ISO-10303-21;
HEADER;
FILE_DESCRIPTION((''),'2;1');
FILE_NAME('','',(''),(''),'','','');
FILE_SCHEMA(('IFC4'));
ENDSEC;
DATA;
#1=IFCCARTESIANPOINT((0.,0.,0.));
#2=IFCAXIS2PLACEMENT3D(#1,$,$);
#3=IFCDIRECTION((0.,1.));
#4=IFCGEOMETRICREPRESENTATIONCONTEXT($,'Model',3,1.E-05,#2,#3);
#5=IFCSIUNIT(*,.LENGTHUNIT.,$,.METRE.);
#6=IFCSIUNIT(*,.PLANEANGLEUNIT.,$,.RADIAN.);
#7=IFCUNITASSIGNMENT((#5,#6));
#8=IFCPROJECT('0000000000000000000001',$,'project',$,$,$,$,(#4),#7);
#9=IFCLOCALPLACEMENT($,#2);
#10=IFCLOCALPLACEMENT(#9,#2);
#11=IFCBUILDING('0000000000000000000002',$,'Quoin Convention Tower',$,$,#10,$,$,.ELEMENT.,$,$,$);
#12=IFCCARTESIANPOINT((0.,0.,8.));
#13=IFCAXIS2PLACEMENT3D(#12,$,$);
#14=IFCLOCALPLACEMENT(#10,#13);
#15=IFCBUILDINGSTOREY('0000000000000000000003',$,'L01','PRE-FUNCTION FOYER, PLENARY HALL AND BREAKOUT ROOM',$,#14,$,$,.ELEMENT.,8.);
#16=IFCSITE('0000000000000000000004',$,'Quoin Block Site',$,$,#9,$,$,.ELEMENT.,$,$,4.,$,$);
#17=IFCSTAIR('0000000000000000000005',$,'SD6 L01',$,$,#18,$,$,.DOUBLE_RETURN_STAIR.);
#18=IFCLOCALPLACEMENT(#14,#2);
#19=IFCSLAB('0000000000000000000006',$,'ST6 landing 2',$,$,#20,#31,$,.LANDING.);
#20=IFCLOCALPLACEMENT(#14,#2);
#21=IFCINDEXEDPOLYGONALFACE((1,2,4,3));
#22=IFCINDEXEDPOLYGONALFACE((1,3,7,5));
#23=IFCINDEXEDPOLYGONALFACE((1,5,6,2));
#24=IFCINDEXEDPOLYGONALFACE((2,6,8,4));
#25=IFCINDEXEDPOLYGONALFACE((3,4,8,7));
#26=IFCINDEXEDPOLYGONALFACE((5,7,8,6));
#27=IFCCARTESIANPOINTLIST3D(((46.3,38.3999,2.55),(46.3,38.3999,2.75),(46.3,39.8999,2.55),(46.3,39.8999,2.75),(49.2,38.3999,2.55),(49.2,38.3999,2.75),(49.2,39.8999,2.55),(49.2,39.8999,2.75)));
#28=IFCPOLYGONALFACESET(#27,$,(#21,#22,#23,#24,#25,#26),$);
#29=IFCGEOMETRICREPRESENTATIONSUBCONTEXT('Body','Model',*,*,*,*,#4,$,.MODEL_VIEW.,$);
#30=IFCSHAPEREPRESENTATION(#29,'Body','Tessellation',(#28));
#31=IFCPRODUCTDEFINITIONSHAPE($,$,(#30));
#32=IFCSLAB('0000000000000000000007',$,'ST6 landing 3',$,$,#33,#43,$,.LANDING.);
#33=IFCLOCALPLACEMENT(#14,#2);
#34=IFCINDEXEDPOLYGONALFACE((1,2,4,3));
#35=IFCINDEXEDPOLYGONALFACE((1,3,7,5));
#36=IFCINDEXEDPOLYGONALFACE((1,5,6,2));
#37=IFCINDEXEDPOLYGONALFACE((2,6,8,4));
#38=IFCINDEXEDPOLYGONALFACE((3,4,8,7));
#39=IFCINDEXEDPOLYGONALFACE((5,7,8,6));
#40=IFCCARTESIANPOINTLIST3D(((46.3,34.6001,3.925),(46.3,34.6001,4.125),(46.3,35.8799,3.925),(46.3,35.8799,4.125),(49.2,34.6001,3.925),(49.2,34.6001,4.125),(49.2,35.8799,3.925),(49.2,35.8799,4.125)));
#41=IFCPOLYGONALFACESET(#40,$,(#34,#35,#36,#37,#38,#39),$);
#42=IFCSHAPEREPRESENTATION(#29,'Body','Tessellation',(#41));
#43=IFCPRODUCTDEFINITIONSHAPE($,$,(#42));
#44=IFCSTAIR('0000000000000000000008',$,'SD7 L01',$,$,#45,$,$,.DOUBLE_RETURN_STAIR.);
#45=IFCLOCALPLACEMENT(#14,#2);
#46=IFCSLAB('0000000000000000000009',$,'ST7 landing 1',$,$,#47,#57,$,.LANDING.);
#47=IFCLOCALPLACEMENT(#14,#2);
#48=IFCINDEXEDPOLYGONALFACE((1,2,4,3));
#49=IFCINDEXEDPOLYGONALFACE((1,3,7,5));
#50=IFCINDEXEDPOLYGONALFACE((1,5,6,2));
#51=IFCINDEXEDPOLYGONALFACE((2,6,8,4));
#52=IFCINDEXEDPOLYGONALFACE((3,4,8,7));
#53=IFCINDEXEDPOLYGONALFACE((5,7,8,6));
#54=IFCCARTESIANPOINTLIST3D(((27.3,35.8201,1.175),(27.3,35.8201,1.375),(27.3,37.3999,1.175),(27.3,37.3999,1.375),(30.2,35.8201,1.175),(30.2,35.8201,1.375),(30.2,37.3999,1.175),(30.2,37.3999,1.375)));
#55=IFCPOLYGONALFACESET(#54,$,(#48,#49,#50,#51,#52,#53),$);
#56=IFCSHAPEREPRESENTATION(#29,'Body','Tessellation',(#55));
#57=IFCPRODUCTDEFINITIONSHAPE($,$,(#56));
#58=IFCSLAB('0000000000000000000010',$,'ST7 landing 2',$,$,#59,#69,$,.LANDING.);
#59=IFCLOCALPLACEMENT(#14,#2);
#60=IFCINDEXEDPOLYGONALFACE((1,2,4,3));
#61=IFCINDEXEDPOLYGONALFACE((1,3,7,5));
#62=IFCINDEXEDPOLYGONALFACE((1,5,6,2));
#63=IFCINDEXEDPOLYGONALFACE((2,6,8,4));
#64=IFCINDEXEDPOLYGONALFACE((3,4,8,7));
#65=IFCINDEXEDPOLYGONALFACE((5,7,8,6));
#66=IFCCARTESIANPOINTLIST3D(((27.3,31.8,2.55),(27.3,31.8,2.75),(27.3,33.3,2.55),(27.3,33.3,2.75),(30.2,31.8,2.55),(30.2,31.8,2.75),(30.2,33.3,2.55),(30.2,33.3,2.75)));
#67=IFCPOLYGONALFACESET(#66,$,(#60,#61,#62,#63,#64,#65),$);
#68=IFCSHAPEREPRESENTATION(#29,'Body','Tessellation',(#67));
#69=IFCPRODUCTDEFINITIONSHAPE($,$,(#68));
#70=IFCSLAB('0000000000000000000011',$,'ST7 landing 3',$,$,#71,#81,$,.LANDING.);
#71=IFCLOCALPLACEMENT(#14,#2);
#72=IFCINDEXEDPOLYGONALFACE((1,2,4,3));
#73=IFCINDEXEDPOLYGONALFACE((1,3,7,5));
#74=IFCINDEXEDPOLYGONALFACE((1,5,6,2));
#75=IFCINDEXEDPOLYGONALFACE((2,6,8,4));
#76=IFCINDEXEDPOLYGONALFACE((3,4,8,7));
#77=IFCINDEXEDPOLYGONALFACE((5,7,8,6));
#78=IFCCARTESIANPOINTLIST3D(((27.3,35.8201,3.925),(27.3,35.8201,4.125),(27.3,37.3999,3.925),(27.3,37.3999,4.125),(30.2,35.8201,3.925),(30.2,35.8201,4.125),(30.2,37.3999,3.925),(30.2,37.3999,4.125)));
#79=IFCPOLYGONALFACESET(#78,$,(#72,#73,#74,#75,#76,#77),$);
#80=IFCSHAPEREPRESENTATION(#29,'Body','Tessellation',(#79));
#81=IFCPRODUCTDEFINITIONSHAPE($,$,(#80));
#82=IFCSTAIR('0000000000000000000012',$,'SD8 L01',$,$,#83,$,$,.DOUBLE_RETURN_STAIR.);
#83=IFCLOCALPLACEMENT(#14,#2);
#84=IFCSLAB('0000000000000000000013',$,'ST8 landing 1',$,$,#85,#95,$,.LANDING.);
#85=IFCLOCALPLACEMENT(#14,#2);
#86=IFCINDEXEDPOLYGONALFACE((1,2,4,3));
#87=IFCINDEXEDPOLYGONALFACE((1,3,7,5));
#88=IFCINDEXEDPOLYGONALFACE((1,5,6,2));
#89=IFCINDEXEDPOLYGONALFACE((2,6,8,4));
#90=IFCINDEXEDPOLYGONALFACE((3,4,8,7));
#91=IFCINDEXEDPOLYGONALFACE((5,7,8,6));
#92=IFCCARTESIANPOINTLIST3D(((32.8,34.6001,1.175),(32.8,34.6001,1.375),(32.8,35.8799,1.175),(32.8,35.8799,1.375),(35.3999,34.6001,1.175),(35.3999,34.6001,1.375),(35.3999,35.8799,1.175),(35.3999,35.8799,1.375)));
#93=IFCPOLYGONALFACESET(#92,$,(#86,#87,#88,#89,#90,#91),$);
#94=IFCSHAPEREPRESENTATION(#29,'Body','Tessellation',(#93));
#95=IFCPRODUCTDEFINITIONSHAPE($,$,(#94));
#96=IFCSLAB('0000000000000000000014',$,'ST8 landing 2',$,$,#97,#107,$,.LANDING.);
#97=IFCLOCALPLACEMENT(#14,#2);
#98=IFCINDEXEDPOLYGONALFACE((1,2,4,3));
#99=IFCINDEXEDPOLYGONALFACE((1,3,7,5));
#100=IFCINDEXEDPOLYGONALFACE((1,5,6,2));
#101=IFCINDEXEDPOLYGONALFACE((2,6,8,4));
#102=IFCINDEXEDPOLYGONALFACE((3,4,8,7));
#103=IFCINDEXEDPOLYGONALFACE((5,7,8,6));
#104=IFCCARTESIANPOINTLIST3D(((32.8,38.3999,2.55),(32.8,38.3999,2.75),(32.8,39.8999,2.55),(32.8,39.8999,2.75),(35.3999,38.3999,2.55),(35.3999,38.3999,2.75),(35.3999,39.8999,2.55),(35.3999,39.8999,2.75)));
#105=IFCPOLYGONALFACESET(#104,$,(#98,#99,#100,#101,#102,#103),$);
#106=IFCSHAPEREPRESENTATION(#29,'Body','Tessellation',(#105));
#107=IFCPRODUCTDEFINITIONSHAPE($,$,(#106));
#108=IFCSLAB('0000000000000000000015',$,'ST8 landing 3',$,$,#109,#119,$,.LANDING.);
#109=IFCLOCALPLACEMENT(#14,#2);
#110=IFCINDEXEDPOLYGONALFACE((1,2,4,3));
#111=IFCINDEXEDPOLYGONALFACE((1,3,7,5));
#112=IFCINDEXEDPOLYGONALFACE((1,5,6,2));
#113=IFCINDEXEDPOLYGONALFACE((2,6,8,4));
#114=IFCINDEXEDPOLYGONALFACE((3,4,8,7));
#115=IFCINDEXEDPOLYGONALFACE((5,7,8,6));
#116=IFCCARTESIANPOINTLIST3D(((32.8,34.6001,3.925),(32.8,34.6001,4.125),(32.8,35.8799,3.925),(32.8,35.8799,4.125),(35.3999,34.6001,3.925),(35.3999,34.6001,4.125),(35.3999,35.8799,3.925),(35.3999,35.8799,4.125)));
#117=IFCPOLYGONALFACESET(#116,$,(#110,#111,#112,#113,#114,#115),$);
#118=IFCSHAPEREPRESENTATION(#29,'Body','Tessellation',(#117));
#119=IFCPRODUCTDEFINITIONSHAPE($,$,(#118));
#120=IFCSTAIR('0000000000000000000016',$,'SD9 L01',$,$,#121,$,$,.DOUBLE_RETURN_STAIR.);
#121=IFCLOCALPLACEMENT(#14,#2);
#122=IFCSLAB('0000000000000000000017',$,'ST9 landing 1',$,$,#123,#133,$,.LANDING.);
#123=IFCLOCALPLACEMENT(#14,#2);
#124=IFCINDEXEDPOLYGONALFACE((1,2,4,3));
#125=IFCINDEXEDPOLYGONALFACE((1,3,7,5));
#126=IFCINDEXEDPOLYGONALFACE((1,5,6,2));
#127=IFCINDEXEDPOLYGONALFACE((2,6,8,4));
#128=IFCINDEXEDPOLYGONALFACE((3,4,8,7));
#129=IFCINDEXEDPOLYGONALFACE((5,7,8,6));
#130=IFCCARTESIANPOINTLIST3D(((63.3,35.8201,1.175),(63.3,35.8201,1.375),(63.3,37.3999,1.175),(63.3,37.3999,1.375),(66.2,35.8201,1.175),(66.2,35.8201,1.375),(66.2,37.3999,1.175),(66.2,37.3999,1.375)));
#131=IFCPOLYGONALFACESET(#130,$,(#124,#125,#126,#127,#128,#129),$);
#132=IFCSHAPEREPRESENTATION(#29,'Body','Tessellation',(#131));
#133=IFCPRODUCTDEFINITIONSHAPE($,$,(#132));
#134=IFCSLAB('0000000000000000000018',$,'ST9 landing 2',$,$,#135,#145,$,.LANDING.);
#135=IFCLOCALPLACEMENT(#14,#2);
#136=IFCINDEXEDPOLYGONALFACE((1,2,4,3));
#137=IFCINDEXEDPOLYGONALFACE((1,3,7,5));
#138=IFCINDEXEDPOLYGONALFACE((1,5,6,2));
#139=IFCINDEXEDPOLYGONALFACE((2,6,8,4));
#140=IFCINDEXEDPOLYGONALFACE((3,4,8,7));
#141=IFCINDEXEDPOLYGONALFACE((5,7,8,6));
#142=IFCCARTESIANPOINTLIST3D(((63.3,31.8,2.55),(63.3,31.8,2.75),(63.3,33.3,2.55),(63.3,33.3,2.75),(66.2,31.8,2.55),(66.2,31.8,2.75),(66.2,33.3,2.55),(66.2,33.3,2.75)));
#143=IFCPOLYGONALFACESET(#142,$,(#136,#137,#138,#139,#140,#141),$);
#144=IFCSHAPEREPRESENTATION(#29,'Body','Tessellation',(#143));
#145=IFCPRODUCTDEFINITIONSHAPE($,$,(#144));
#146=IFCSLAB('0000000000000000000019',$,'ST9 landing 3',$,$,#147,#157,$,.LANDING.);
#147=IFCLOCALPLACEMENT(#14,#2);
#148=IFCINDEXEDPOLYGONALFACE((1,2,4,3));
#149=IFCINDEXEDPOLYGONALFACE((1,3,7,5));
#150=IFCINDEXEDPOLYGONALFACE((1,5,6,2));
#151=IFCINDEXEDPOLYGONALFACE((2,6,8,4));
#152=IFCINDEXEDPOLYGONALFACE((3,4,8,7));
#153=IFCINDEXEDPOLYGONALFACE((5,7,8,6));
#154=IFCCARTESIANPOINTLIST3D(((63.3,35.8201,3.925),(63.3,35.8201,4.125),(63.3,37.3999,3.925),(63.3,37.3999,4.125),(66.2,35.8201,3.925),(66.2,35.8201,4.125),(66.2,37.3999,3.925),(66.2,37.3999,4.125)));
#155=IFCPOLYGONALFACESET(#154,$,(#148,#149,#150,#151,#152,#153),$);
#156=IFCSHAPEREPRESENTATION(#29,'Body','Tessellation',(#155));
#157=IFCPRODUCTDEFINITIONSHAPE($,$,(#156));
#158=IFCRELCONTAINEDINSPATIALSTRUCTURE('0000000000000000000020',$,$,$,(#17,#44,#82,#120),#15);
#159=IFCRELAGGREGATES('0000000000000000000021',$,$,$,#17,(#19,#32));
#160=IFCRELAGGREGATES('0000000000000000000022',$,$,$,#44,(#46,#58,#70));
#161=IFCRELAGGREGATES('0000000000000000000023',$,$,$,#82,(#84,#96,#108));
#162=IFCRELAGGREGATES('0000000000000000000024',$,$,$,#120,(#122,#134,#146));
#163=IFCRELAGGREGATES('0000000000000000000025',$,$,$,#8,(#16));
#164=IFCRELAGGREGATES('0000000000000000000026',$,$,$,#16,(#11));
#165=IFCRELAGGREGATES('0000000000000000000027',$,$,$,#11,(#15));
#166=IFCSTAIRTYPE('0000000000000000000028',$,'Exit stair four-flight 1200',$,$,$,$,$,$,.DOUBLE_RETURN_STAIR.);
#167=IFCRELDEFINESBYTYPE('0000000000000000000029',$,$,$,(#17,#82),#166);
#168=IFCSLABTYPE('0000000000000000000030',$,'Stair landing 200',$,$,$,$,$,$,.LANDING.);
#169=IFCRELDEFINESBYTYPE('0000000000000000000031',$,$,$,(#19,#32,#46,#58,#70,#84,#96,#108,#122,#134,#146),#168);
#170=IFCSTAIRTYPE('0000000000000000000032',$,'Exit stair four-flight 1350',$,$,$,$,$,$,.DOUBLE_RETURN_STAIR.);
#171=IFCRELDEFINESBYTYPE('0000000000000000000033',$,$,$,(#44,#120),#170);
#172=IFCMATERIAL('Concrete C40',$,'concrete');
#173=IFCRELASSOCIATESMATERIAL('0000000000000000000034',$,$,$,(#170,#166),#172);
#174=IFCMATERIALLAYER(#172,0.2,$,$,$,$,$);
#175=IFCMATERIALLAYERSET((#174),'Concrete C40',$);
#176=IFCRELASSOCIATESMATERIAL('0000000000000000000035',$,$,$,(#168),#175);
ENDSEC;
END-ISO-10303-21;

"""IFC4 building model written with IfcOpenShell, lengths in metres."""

from ifc_helpers import new_model, si_unit, direction, frame, origin, place, context, subcontext, project, spatial, polyline, outline, extrude, material, layer, layer_set, type_object, element, aggregate, save


model = new_model("IFC4")

# Units and contexts
model_context = context("Model", 3, precision=1e-05, world=origin(), true_north=direction((0.0, 1.0)))
body_context = subcontext(model_context, "Body", "Model", "MODEL_VIEW")
ifc_project = project(units=[si_unit("LENGTHUNIT", "METRE"), si_unit("PLANEANGLEUNIT", "RADIAN")], contexts=[model_context])

# Site, building, storey
site_placement = place(None, origin())
site = spatial("IfcSite", under=ifc_project, at=site_placement, Name="Quoin Block Site", CompositionType="ELEMENT", RefElevation=4.0)
building_placement = place(site_placement, origin())
building = spatial("IfcBuilding", under=site, at=building_placement, Name="Quoin Convention Tower", CompositionType="ELEMENT")
storey_placement = place(building_placement, frame((0.0, 0.0, 8.0)))
storey = spatial("IfcBuildingStorey", under=building, at=storey_placement, Name="L01", Description="PRE-FUNCTION FOYER, PLENARY HALL AND BREAKOUT ROOM", CompositionType="ELEMENT", Elevation=8.0)

# Stairs, slabs
ifc_material_1 = material(Name="Concrete C40", Category="concrete")
stair_type_1 = type_object("IfcStairType", Name="Exit stair four-flight 1350", PredefinedType="DOUBLE_RETURN_STAIR", material=ifc_material_1)
ifc_layer_1 = layer(ifc_material_1, 0.2)
ifc_layer_set_1 = layer_set([ifc_layer_1], Name="Concrete C40")
slab_type_1 = type_object("IfcSlabType", Name="Stair landing 200", PredefinedType="LANDING", material=ifc_layer_set_1)
stair_type_2 = type_object("IfcStairType", Name="Exit stair four-flight 1200", PredefinedType="DOUBLE_RETURN_STAIR", material=ifc_material_1)
stair_1_placement = place(storey_placement, origin())
stair_1 = element("IfcStair", 1, at=stair_1_placement, inside=storey, type_object=stair_type_2, Name="SD6 L01", PredefinedType="DOUBLE_RETURN_STAIR")
slab_1_placement = place(storey_placement, frame((0.0, 0.0, 2.55)))
slab_1 = element("IfcSlab", 2, at=slab_1_placement, type_object=slab_type_1, Name="ST6 landing 2", PredefinedType="LANDING", context=body_context, shape_type="SweptSolid", body=[
    extrude(outline(polyline([(49.2, 39.8999), (46.3, 39.8999), (46.3, 38.3999), (49.2, 38.3999), (49.2, 39.8999)])), origin(), (0.0, 0.0, 1.0), 0.2),
])
slab_2_placement = place(storey_placement, frame((0.0, 0.0, 3.925)))
slab_2 = element("IfcSlab", 3, at=slab_2_placement, type_object=slab_type_1, Name="ST6 landing 3", PredefinedType="LANDING", context=body_context, shape_type="SweptSolid", body=[
    extrude(outline(polyline([(49.2, 35.8799), (46.3, 35.8799), (46.3, 34.6001), (49.2, 34.6001), (49.2, 35.8799)])), origin(), (0.0, 0.0, 1.0), 0.2),
])
aggregate(stair_1, [slab_1, slab_2])
stair_2_placement = place(storey_placement, origin())
stair_2 = element("IfcStair", 4, at=stair_2_placement, inside=storey, type_object=stair_type_1, Name="SD7 L01", PredefinedType="DOUBLE_RETURN_STAIR")
slab_3_placement = place(storey_placement, frame((0.0, 0.0, 1.175)))
slab_3 = element("IfcSlab", 5, at=slab_3_placement, type_object=slab_type_1, Name="ST7 landing 1", PredefinedType="LANDING", context=body_context, shape_type="SweptSolid", body=[
    extrude(outline(polyline([(27.3, 35.8201), (30.2, 35.8201), (30.2, 37.3999), (27.3, 37.3999), (27.3, 35.8201)])), origin(), (0.0, 0.0, 1.0), 0.2),
])
slab_4_placement = place(storey_placement, frame((0.0, 0.0, 2.55)))
slab_4 = element("IfcSlab", 6, at=slab_4_placement, type_object=slab_type_1, Name="ST7 landing 2", PredefinedType="LANDING", context=body_context, shape_type="SweptSolid", body=[
    extrude(outline(polyline([(27.3, 31.8), (30.2, 31.8), (30.2, 33.3), (27.3, 33.3), (27.3, 31.8)])), origin(), (0.0, 0.0, 1.0), 0.2),
])
slab_5_placement = place(storey_placement, frame((0.0, 0.0, 3.925)))
slab_5 = element("IfcSlab", 7, at=slab_5_placement, type_object=slab_type_1, Name="ST7 landing 3", PredefinedType="LANDING", context=body_context, shape_type="SweptSolid", body=[
    extrude(outline(polyline([(27.3, 35.8201), (30.2, 35.8201), (30.2, 37.3999), (27.3, 37.3999), (27.3, 35.8201)])), origin(), (0.0, 0.0, 1.0), 0.2),
])
aggregate(stair_2, [slab_3, slab_4, slab_5])
stair_3_placement = place(storey_placement, origin())
stair_3 = element("IfcStair", 8, at=stair_3_placement, inside=storey, type_object=stair_type_2, Name="SD8 L01", PredefinedType="DOUBLE_RETURN_STAIR")
slab_6_placement = place(storey_placement, frame((0.0, 0.0, 1.175)))
slab_6 = element("IfcSlab", 9, at=slab_6_placement, type_object=slab_type_1, Name="ST8 landing 1", PredefinedType="LANDING", context=body_context, shape_type="SweptSolid", body=[
    extrude(outline(polyline([(35.3999, 35.8799), (32.8, 35.8799), (32.8, 34.6001), (35.3999, 34.6001), (35.3999, 35.8799)])), origin(), (0.0, 0.0, 1.0), 0.2),
])
slab_7_placement = place(storey_placement, frame((0.0, 0.0, 2.55)))
slab_7 = element("IfcSlab", 10, at=slab_7_placement, type_object=slab_type_1, Name="ST8 landing 2", PredefinedType="LANDING", context=body_context, shape_type="SweptSolid", body=[
    extrude(outline(polyline([(35.3999, 39.8999), (32.8, 39.8999), (32.8, 38.3999), (35.3999, 38.3999), (35.3999, 39.8999)])), origin(), (0.0, 0.0, 1.0), 0.2),
])
slab_8_placement = place(storey_placement, frame((0.0, 0.0, 3.925)))
slab_8 = element("IfcSlab", 11, at=slab_8_placement, type_object=slab_type_1, Name="ST8 landing 3", PredefinedType="LANDING", context=body_context, shape_type="SweptSolid", body=[
    extrude(outline(polyline([(35.3999, 35.8799), (32.8, 35.8799), (32.8, 34.6001), (35.3999, 34.6001), (35.3999, 35.8799)])), origin(), (0.0, 0.0, 1.0), 0.2),
])
aggregate(stair_3, [slab_6, slab_7, slab_8])
stair_4_placement = place(storey_placement, origin())
stair_4 = element("IfcStair", 12, at=stair_4_placement, inside=storey, type_object=stair_type_1, Name="SD9 L01", PredefinedType="DOUBLE_RETURN_STAIR")
slab_9_placement = place(storey_placement, frame((0.0, 0.0, 1.175)))
slab_9 = element("IfcSlab", 13, at=slab_9_placement, type_object=slab_type_1, Name="ST9 landing 1", PredefinedType="LANDING", context=body_context, shape_type="SweptSolid", body=[
    extrude(outline(polyline([(63.3, 35.8201), (66.2, 35.8201), (66.2, 37.3999), (63.3, 37.3999), (63.3, 35.8201)])), origin(), (0.0, 0.0, 1.0), 0.2),
])
slab_10_placement = place(storey_placement, frame((0.0, 0.0, 2.55)))
slab_10 = element("IfcSlab", 14, at=slab_10_placement, type_object=slab_type_1, Name="ST9 landing 2", PredefinedType="LANDING", context=body_context, shape_type="SweptSolid", body=[
    extrude(outline(polyline([(63.3, 31.8), (66.2, 31.8), (66.2, 33.3), (63.3, 33.3), (63.3, 31.8)])), origin(), (0.0, 0.0, 1.0), 0.2),
])
slab_11_placement = place(storey_placement, frame((0.0, 0.0, 3.925)))
slab_11 = element("IfcSlab", 15, at=slab_11_placement, type_object=slab_type_1, Name="ST9 landing 3", PredefinedType="LANDING", context=body_context, shape_type="SweptSolid", body=[
    extrude(outline(polyline([(63.3, 35.8201), (66.2, 35.8201), (66.2, 37.3999), (63.3, 37.3999), (63.3, 35.8201)])), origin(), (0.0, 0.0, 1.0), 0.2),
])
aggregate(stair_4, [slab_9, slab_10, slab_11])

save(model, "model.ifc")
